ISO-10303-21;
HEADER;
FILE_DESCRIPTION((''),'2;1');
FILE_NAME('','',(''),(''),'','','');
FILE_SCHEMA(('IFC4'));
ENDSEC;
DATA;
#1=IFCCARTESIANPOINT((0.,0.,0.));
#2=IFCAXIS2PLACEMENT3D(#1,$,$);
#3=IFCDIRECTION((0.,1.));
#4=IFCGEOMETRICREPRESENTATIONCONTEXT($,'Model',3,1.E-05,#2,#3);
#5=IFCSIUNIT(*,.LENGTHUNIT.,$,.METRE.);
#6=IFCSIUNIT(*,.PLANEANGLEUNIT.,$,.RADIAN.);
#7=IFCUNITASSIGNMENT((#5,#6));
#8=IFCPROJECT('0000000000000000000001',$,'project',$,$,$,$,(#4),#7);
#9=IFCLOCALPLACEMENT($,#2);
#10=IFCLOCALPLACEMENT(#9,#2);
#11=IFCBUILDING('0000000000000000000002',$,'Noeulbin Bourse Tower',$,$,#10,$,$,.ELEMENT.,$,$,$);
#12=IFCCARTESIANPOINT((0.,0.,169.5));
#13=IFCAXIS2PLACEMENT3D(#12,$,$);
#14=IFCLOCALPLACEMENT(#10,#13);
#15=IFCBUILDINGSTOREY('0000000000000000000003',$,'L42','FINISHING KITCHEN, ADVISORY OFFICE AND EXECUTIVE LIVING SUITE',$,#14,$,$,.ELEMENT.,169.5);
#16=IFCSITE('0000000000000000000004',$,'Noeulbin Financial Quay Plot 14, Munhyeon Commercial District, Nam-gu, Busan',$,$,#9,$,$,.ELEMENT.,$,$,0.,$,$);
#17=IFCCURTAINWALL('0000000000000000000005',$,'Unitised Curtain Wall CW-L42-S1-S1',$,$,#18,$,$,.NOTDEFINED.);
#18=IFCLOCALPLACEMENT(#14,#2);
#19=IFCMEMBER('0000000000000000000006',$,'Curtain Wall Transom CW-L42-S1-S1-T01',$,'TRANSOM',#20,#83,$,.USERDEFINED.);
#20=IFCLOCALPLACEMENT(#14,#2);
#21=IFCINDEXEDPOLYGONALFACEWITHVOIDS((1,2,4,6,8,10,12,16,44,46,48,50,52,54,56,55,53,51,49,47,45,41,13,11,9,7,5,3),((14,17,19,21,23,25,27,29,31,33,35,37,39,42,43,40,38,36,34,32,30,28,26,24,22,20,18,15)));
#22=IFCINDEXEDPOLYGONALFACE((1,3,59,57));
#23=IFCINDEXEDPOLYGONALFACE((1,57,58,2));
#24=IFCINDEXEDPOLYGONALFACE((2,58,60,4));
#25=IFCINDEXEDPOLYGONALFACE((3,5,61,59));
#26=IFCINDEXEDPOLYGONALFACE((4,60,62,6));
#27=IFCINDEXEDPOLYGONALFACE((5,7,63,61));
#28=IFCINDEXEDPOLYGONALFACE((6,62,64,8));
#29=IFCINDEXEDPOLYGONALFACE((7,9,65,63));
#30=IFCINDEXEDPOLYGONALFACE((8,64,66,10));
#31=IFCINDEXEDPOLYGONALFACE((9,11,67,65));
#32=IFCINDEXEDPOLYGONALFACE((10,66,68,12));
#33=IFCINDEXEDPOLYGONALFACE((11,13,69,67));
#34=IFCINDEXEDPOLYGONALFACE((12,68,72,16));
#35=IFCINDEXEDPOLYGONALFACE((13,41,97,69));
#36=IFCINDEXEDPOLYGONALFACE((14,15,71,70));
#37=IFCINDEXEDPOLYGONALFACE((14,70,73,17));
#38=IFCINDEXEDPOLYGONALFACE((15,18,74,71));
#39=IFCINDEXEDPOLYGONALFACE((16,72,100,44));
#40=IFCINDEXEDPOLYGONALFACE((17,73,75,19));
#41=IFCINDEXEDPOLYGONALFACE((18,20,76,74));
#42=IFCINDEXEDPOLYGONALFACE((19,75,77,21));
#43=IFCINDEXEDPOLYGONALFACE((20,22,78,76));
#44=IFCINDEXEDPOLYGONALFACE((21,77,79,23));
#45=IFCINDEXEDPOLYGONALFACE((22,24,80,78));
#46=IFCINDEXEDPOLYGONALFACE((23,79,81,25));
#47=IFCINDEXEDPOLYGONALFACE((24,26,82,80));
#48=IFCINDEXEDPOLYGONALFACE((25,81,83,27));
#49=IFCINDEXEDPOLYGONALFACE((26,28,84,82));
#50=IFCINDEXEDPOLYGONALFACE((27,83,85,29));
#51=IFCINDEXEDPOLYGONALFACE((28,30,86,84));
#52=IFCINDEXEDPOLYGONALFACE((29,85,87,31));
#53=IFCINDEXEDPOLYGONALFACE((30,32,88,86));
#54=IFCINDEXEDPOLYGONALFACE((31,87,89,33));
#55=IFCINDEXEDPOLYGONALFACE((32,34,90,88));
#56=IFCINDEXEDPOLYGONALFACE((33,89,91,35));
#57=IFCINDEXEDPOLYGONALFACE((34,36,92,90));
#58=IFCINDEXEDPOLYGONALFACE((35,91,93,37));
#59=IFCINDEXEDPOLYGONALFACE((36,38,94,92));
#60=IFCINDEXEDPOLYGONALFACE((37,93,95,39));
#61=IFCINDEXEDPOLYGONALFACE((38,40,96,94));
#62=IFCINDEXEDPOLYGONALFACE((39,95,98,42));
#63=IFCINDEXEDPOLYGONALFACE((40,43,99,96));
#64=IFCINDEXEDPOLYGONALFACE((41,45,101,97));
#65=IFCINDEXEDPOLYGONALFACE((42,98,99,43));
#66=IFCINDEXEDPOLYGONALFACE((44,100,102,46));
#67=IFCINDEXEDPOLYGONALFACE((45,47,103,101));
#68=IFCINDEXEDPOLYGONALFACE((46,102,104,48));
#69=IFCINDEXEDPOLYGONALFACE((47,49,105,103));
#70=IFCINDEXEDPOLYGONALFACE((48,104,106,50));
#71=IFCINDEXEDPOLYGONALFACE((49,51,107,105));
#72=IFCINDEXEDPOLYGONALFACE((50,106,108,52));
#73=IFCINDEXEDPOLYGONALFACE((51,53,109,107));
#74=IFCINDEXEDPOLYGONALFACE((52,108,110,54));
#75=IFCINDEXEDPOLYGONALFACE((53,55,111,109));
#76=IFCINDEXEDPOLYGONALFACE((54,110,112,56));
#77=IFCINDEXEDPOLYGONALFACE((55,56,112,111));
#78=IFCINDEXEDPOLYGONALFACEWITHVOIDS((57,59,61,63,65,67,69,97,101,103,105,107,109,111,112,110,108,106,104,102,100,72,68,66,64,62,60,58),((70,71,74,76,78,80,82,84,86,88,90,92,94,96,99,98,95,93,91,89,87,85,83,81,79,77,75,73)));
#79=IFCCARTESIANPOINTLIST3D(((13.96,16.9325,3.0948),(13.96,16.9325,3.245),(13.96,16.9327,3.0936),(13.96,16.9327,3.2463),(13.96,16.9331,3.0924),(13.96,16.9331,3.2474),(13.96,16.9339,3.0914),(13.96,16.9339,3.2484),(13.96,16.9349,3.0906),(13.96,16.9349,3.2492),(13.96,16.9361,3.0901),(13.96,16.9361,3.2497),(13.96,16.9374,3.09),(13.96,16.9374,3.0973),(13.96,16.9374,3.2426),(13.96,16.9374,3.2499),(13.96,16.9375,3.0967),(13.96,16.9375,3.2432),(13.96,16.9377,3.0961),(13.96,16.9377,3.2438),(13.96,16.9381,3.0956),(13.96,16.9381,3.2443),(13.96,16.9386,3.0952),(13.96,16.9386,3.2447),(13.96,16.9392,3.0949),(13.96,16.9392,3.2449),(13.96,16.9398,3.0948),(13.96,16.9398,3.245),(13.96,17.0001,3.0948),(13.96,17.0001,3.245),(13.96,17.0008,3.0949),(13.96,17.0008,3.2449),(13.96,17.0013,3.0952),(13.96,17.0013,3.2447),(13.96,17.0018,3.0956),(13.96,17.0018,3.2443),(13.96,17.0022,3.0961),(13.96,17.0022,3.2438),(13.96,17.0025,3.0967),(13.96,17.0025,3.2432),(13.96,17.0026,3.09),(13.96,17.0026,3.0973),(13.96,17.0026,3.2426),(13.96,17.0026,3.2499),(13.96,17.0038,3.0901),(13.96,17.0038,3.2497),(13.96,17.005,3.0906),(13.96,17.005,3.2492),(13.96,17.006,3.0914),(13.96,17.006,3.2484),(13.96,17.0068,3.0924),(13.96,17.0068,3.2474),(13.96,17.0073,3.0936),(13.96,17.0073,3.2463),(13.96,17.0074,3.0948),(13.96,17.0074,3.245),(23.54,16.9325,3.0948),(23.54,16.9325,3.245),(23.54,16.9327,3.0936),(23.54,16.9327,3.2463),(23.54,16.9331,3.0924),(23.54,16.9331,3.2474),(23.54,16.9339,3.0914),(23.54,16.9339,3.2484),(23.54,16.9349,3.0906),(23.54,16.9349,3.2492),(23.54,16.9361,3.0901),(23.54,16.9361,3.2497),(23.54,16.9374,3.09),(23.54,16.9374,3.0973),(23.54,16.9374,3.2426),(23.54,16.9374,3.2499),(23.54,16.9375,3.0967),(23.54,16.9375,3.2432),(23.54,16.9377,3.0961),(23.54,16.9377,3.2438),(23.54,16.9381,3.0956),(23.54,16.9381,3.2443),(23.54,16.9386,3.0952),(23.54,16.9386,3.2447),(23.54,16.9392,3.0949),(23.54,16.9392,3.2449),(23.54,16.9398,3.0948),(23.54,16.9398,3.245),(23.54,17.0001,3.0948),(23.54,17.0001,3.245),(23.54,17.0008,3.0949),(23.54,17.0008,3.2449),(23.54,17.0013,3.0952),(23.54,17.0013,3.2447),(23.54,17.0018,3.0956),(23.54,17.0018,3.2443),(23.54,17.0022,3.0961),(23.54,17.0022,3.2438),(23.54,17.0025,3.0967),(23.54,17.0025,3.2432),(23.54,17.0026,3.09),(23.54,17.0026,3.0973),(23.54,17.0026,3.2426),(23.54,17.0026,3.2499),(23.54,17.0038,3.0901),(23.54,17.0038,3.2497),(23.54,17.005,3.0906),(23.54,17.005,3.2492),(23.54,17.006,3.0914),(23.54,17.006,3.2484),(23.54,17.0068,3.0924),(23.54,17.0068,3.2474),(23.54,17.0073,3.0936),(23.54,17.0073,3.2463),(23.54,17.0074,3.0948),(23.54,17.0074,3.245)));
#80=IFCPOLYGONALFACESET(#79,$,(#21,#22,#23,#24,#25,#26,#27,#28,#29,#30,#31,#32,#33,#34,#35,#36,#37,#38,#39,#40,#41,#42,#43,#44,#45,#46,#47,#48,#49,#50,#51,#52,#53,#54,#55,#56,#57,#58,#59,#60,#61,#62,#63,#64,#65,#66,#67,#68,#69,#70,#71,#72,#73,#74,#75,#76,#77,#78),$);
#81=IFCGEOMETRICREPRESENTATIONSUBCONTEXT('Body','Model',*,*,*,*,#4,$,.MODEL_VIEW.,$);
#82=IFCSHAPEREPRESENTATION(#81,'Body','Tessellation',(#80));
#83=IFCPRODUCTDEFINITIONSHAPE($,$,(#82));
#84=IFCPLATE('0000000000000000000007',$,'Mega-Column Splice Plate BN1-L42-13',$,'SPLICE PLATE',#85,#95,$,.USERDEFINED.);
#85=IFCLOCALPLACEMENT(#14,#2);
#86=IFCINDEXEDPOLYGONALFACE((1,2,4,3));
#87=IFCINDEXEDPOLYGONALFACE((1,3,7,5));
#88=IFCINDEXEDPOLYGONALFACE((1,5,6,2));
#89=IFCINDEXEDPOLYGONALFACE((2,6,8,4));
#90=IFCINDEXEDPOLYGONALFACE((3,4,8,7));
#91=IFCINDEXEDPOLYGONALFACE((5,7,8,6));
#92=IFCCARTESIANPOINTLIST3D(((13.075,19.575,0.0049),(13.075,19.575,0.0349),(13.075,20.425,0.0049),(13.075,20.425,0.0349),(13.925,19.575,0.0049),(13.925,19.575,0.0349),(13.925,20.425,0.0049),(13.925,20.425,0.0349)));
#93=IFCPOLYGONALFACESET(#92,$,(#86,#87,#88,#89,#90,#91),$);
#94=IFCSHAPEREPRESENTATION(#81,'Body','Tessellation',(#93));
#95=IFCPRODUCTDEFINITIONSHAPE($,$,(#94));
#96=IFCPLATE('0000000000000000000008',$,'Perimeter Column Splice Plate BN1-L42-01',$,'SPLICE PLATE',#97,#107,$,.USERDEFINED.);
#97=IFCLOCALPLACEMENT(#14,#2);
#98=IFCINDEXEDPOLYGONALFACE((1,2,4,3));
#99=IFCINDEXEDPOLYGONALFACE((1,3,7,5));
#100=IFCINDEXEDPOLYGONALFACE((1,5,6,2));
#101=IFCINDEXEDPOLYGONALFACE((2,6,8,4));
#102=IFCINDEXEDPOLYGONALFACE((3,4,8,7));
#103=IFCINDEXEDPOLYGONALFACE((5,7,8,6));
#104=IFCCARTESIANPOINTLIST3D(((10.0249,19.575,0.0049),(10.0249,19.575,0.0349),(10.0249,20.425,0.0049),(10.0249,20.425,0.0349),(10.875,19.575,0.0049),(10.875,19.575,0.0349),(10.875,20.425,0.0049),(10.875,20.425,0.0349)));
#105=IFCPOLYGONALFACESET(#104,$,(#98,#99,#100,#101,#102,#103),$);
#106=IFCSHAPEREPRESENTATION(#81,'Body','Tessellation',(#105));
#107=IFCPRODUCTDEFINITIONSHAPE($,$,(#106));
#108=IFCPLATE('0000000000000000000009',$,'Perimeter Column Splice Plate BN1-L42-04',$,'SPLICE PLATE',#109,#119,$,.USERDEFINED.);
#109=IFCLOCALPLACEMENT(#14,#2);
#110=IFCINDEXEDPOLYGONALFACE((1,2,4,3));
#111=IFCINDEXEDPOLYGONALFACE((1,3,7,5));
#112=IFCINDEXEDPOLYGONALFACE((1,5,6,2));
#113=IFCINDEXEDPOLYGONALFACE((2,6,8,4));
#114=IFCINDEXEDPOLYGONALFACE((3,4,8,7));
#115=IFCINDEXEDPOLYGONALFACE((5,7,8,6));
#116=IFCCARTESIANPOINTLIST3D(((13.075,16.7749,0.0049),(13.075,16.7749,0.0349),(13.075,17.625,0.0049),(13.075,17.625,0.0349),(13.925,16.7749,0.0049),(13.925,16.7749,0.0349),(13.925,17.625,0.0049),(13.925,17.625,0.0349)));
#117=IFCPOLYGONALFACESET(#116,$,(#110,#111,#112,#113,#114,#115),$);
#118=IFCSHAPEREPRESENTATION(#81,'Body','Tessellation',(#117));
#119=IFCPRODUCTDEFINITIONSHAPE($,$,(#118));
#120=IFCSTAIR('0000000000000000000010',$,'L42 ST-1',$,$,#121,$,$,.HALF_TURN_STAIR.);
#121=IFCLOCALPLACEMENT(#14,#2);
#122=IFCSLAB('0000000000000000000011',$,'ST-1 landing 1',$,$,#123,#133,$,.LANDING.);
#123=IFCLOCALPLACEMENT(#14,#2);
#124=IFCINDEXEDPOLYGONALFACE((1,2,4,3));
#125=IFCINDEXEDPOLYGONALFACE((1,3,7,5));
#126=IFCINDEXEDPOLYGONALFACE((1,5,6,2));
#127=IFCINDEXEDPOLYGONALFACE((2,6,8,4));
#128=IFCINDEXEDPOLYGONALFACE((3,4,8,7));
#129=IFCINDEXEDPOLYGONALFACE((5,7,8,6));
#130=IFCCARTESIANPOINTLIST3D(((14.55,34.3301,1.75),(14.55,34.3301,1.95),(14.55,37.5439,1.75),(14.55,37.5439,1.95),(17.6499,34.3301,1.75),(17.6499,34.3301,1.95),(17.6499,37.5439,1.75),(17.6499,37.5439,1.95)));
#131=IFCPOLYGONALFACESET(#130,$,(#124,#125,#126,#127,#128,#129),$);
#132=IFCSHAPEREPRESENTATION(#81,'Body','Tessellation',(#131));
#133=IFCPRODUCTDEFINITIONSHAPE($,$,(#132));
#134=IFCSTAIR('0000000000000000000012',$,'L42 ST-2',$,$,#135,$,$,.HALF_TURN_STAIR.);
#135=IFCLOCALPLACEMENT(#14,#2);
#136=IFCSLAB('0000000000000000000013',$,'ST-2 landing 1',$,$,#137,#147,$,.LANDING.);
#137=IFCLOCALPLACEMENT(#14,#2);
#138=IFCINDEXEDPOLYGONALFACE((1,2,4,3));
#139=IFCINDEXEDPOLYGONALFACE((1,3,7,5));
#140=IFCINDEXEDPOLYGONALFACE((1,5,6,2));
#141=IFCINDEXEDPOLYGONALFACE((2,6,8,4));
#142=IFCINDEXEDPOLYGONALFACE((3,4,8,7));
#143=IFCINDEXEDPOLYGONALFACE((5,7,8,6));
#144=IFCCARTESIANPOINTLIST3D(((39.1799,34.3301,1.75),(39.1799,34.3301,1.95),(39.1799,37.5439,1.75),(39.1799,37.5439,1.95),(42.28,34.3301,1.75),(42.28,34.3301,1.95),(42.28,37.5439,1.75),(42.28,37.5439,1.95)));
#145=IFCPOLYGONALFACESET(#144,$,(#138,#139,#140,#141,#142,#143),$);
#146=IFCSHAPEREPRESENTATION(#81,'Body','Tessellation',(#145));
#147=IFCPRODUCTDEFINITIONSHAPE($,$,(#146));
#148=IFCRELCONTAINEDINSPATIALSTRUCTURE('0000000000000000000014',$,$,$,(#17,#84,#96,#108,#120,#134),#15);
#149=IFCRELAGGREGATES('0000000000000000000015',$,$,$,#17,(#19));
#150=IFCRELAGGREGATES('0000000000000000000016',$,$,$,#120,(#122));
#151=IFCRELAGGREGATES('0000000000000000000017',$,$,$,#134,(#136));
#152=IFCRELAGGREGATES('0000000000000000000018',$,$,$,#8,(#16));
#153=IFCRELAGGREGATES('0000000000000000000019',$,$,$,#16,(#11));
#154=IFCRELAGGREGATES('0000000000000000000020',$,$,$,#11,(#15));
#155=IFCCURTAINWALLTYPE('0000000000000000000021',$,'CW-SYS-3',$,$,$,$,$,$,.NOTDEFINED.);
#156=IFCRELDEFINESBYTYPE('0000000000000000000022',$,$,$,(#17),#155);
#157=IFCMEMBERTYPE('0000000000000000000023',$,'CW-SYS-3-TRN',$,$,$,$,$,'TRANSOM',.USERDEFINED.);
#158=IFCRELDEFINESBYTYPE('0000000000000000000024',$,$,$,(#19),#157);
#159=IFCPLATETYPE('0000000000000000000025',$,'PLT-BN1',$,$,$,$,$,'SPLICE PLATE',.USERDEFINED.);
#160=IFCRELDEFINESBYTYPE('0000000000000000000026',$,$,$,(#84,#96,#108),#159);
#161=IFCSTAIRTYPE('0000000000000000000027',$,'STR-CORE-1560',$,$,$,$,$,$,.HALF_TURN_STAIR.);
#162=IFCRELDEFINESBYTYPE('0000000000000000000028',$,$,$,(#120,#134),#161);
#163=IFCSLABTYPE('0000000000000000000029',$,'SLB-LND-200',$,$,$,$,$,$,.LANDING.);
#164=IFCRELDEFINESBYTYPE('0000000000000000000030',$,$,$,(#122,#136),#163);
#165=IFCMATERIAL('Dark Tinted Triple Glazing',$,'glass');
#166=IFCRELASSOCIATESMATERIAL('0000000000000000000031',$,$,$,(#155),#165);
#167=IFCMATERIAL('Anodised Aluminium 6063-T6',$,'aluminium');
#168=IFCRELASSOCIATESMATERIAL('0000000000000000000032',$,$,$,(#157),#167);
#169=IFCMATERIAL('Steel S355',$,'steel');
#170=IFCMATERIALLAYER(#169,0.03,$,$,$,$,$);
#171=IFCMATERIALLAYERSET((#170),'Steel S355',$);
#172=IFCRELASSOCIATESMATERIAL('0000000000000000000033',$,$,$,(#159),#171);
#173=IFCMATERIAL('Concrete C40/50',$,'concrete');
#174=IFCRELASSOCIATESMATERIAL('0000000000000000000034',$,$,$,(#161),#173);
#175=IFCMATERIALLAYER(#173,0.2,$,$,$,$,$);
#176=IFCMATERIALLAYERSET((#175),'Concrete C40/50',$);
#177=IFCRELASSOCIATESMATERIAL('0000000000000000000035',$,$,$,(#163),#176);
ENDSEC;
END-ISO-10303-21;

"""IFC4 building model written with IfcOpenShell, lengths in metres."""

from ifc_helpers import new_model, si_unit, direction, frame, origin, origin_2d, place, context, subcontext, project, spatial, polyline, rectangle, hollow_rectangle, outline, extrude, material, layer, layer_set, material_profile, profile_set, type_object, element, aggregate, save


model = new_model("IFC4")

# Units and contexts
model_context = context("Model", 3, precision=1e-05, world=origin(), true_north=direction((0.0, 1.0)))
body_context = subcontext(model_context, "Body", "Model", "MODEL_VIEW")
ifc_project = project(units=[si_unit("LENGTHUNIT", "METRE"), si_unit("PLANEANGLEUNIT", "RADIAN")], contexts=[model_context])

# Site, building, storey
site_placement = place(None, origin())
site = spatial("IfcSite", under=ifc_project, at=site_placement, Name="Noeulbin Financial Quay Plot 14, Munhyeon Commercial District, Nam-gu, Busan", CompositionType="ELEMENT", RefElevation=0.0)
building_placement = place(site_placement, origin())
building = spatial("IfcBuilding", under=site, at=building_placement, Name="Noeulbin Bourse Tower", CompositionType="ELEMENT")
storey_placement = place(building_placement, frame((0.0, 0.0, 169.5)))
storey = spatial("IfcBuildingStorey", under=building, at=storey_placement, Name="L42", Description="FINISHING KITCHEN, ADVISORY OFFICE AND EXECUTIVE LIVING SUITE", CompositionType="ELEMENT", Elevation=169.5)

# Shared definitions
ifc_material_1 = material(Name="Steel S355", Category="steel")

# Curtain wall, member
ifc_material_2 = material(Name="Dark Tinted Triple Glazing", Category="glass")
curtain_wall_type = type_object("IfcCurtainWallType", Name="CW-SYS-3", PredefinedType="NOTDEFINED", material=ifc_material_2)
curtain_wall_placement = place(storey_placement, origin())
curtain_wall = element("IfcCurtainWall", 1, at=curtain_wall_placement, inside=storey, type_object=curtain_wall_type, Name="Unitised Curtain Wall CW-L42-S1-S1", PredefinedType="NOTDEFINED")
ifc_material_3 = material(Name="Anodised Aluminium 6063-T6", Category="aluminium")
ifc_material_profile_1 = material_profile(ifc_material_3, hollow_rectangle(XDim=0.075, YDim=0.1599, WallThickness=0.0049, InnerFilletRadius=0.0024, OuterFilletRadius=0.0049, at=origin_2d()), Name="ALU-TRAN-75x160x5", Category="LoadBearing")
ifc_profile_set_1 = profile_set([ifc_material_profile_1], Name="Anodised Aluminium 6063-T6")
member_type_1 = type_object("IfcMemberType", Name="CW-SYS-3-TRN", ElementType="TRANSOM", PredefinedType="USERDEFINED", material=ifc_profile_set_1)
member_1_placement = place(storey_placement, frame((13.96, 16.97, 3.1699), z_axis=(1.0, 0.0, 0.0), x_axis=(0.0, 1.0, 0.0)))
member_1 = element("IfcMember", 2, at=member_1_placement, type_object=member_type_1, Name="Curtain Wall Transom CW-L42-S1-S1-T01", ObjectType="TRANSOM", PredefinedType="USERDEFINED", context=body_context, shape_type="SweptSolid", body=[
    extrude(hollow_rectangle(XDim=0.075, YDim=0.1599, WallThickness=0.0049, InnerFilletRadius=0.0024, OuterFilletRadius=0.0049, at=origin_2d()), origin(), (0.0, 0.0, 1.0), 9.5801),
])
aggregate(curtain_wall, [member_1])

# Plates
ifc_layer_1 = layer(ifc_material_1, 0.03)
ifc_layer_set_1 = layer_set([ifc_layer_1], Name="Steel S355")
plate_type = type_object("IfcPlateType", Name="PLT-BN1", ElementType="SPLICE PLATE", PredefinedType="USERDEFINED", material=ifc_layer_set_1)
for number, where, z_axis, x_axis, name in (
    (3, (13.5, 20.0, 0.0049), (0.0, 0.0, 1.0), (1.0, 0.0, 0.0), "Mega-Column Splice Plate BN1-L42-13"),
    (4, (10.45, 20.0, 0.0049), (0.0, 0.0, 1.0), (1.0, 0.0, 0.0), "Perimeter Column Splice Plate BN1-L42-01"),
    (5, (13.5, 17.2, 0.0049), (0.0, 0.0, 1.0), (1.0, 0.0, 0.0), "Perimeter Column Splice Plate BN1-L42-04"),
):
    element("IfcPlate", number, at=place(storey_placement, frame(where, z_axis=z_axis, x_axis=x_axis)), inside=storey, type_object=plate_type, Name=name, ObjectType="SPLICE PLATE", PredefinedType="USERDEFINED", context=body_context, shape_type="SweptSolid", body=[
        extrude(rectangle(XDim=0.8501, YDim=0.8501, at=origin_2d()), origin(), (0.0, 0.0, 1.0), 0.03),
    ])

# Stairs, slabs
ifc_material_4 = material(Name="Concrete C40/50", Category="concrete")
stair_type = type_object("IfcStairType", Name="STR-CORE-1560", PredefinedType="HALF_TURN_STAIR", material=ifc_material_4)
stair_1_placement = place(storey_placement, origin())
stair_1 = element("IfcStair", 6, at=stair_1_placement, inside=storey, type_object=stair_type, Name="L42 ST-1", PredefinedType="HALF_TURN_STAIR")
ifc_layer_2 = layer(ifc_material_4, 0.2)
ifc_layer_set_2 = layer_set([ifc_layer_2], Name="Concrete C40/50")
slab_type_1 = type_object("IfcSlabType", Name="SLB-LND-200", PredefinedType="LANDING", material=ifc_layer_set_2)
slab_1_placement = place(storey_placement, frame((0.0, 0.0, 1.75)))
slab_1 = element("IfcSlab", 7, at=slab_1_placement, type_object=slab_type_1, Name="ST-1 landing 1", PredefinedType="LANDING", context=body_context, shape_type="SweptSolid", body=[
    extrude(outline(polyline([(17.6499, 34.3301), (17.6499, 37.5439), (14.55, 37.5439), (14.55, 34.3301), (17.6499, 34.3301)])), origin(), (0.0, 0.0, 1.0), 0.2),
])
aggregate(stair_1, [slab_1])
stair_2_placement = place(storey_placement, origin())
stair_2 = element("IfcStair", 8, at=stair_2_placement, inside=storey, type_object=stair_type, Name="L42 ST-2", PredefinedType="HALF_TURN_STAIR")
slab_2_placement = place(storey_placement, frame((0.0, 0.0, 1.75)))
slab_2 = element("IfcSlab", 9, at=slab_2_placement, type_object=slab_type_1, Name="ST-2 landing 1", PredefinedType="LANDING", context=body_context, shape_type="SweptSolid", body=[
    extrude(outline(polyline([(42.28, 34.3301), (42.28, 37.5439), (39.1799, 37.5439), (39.1799, 34.3301), (42.28, 34.3301)])), origin(), (0.0, 0.0, 1.0), 0.2),
])
aggregate(stair_2, [slab_2])

save(model, "model.ifc")
